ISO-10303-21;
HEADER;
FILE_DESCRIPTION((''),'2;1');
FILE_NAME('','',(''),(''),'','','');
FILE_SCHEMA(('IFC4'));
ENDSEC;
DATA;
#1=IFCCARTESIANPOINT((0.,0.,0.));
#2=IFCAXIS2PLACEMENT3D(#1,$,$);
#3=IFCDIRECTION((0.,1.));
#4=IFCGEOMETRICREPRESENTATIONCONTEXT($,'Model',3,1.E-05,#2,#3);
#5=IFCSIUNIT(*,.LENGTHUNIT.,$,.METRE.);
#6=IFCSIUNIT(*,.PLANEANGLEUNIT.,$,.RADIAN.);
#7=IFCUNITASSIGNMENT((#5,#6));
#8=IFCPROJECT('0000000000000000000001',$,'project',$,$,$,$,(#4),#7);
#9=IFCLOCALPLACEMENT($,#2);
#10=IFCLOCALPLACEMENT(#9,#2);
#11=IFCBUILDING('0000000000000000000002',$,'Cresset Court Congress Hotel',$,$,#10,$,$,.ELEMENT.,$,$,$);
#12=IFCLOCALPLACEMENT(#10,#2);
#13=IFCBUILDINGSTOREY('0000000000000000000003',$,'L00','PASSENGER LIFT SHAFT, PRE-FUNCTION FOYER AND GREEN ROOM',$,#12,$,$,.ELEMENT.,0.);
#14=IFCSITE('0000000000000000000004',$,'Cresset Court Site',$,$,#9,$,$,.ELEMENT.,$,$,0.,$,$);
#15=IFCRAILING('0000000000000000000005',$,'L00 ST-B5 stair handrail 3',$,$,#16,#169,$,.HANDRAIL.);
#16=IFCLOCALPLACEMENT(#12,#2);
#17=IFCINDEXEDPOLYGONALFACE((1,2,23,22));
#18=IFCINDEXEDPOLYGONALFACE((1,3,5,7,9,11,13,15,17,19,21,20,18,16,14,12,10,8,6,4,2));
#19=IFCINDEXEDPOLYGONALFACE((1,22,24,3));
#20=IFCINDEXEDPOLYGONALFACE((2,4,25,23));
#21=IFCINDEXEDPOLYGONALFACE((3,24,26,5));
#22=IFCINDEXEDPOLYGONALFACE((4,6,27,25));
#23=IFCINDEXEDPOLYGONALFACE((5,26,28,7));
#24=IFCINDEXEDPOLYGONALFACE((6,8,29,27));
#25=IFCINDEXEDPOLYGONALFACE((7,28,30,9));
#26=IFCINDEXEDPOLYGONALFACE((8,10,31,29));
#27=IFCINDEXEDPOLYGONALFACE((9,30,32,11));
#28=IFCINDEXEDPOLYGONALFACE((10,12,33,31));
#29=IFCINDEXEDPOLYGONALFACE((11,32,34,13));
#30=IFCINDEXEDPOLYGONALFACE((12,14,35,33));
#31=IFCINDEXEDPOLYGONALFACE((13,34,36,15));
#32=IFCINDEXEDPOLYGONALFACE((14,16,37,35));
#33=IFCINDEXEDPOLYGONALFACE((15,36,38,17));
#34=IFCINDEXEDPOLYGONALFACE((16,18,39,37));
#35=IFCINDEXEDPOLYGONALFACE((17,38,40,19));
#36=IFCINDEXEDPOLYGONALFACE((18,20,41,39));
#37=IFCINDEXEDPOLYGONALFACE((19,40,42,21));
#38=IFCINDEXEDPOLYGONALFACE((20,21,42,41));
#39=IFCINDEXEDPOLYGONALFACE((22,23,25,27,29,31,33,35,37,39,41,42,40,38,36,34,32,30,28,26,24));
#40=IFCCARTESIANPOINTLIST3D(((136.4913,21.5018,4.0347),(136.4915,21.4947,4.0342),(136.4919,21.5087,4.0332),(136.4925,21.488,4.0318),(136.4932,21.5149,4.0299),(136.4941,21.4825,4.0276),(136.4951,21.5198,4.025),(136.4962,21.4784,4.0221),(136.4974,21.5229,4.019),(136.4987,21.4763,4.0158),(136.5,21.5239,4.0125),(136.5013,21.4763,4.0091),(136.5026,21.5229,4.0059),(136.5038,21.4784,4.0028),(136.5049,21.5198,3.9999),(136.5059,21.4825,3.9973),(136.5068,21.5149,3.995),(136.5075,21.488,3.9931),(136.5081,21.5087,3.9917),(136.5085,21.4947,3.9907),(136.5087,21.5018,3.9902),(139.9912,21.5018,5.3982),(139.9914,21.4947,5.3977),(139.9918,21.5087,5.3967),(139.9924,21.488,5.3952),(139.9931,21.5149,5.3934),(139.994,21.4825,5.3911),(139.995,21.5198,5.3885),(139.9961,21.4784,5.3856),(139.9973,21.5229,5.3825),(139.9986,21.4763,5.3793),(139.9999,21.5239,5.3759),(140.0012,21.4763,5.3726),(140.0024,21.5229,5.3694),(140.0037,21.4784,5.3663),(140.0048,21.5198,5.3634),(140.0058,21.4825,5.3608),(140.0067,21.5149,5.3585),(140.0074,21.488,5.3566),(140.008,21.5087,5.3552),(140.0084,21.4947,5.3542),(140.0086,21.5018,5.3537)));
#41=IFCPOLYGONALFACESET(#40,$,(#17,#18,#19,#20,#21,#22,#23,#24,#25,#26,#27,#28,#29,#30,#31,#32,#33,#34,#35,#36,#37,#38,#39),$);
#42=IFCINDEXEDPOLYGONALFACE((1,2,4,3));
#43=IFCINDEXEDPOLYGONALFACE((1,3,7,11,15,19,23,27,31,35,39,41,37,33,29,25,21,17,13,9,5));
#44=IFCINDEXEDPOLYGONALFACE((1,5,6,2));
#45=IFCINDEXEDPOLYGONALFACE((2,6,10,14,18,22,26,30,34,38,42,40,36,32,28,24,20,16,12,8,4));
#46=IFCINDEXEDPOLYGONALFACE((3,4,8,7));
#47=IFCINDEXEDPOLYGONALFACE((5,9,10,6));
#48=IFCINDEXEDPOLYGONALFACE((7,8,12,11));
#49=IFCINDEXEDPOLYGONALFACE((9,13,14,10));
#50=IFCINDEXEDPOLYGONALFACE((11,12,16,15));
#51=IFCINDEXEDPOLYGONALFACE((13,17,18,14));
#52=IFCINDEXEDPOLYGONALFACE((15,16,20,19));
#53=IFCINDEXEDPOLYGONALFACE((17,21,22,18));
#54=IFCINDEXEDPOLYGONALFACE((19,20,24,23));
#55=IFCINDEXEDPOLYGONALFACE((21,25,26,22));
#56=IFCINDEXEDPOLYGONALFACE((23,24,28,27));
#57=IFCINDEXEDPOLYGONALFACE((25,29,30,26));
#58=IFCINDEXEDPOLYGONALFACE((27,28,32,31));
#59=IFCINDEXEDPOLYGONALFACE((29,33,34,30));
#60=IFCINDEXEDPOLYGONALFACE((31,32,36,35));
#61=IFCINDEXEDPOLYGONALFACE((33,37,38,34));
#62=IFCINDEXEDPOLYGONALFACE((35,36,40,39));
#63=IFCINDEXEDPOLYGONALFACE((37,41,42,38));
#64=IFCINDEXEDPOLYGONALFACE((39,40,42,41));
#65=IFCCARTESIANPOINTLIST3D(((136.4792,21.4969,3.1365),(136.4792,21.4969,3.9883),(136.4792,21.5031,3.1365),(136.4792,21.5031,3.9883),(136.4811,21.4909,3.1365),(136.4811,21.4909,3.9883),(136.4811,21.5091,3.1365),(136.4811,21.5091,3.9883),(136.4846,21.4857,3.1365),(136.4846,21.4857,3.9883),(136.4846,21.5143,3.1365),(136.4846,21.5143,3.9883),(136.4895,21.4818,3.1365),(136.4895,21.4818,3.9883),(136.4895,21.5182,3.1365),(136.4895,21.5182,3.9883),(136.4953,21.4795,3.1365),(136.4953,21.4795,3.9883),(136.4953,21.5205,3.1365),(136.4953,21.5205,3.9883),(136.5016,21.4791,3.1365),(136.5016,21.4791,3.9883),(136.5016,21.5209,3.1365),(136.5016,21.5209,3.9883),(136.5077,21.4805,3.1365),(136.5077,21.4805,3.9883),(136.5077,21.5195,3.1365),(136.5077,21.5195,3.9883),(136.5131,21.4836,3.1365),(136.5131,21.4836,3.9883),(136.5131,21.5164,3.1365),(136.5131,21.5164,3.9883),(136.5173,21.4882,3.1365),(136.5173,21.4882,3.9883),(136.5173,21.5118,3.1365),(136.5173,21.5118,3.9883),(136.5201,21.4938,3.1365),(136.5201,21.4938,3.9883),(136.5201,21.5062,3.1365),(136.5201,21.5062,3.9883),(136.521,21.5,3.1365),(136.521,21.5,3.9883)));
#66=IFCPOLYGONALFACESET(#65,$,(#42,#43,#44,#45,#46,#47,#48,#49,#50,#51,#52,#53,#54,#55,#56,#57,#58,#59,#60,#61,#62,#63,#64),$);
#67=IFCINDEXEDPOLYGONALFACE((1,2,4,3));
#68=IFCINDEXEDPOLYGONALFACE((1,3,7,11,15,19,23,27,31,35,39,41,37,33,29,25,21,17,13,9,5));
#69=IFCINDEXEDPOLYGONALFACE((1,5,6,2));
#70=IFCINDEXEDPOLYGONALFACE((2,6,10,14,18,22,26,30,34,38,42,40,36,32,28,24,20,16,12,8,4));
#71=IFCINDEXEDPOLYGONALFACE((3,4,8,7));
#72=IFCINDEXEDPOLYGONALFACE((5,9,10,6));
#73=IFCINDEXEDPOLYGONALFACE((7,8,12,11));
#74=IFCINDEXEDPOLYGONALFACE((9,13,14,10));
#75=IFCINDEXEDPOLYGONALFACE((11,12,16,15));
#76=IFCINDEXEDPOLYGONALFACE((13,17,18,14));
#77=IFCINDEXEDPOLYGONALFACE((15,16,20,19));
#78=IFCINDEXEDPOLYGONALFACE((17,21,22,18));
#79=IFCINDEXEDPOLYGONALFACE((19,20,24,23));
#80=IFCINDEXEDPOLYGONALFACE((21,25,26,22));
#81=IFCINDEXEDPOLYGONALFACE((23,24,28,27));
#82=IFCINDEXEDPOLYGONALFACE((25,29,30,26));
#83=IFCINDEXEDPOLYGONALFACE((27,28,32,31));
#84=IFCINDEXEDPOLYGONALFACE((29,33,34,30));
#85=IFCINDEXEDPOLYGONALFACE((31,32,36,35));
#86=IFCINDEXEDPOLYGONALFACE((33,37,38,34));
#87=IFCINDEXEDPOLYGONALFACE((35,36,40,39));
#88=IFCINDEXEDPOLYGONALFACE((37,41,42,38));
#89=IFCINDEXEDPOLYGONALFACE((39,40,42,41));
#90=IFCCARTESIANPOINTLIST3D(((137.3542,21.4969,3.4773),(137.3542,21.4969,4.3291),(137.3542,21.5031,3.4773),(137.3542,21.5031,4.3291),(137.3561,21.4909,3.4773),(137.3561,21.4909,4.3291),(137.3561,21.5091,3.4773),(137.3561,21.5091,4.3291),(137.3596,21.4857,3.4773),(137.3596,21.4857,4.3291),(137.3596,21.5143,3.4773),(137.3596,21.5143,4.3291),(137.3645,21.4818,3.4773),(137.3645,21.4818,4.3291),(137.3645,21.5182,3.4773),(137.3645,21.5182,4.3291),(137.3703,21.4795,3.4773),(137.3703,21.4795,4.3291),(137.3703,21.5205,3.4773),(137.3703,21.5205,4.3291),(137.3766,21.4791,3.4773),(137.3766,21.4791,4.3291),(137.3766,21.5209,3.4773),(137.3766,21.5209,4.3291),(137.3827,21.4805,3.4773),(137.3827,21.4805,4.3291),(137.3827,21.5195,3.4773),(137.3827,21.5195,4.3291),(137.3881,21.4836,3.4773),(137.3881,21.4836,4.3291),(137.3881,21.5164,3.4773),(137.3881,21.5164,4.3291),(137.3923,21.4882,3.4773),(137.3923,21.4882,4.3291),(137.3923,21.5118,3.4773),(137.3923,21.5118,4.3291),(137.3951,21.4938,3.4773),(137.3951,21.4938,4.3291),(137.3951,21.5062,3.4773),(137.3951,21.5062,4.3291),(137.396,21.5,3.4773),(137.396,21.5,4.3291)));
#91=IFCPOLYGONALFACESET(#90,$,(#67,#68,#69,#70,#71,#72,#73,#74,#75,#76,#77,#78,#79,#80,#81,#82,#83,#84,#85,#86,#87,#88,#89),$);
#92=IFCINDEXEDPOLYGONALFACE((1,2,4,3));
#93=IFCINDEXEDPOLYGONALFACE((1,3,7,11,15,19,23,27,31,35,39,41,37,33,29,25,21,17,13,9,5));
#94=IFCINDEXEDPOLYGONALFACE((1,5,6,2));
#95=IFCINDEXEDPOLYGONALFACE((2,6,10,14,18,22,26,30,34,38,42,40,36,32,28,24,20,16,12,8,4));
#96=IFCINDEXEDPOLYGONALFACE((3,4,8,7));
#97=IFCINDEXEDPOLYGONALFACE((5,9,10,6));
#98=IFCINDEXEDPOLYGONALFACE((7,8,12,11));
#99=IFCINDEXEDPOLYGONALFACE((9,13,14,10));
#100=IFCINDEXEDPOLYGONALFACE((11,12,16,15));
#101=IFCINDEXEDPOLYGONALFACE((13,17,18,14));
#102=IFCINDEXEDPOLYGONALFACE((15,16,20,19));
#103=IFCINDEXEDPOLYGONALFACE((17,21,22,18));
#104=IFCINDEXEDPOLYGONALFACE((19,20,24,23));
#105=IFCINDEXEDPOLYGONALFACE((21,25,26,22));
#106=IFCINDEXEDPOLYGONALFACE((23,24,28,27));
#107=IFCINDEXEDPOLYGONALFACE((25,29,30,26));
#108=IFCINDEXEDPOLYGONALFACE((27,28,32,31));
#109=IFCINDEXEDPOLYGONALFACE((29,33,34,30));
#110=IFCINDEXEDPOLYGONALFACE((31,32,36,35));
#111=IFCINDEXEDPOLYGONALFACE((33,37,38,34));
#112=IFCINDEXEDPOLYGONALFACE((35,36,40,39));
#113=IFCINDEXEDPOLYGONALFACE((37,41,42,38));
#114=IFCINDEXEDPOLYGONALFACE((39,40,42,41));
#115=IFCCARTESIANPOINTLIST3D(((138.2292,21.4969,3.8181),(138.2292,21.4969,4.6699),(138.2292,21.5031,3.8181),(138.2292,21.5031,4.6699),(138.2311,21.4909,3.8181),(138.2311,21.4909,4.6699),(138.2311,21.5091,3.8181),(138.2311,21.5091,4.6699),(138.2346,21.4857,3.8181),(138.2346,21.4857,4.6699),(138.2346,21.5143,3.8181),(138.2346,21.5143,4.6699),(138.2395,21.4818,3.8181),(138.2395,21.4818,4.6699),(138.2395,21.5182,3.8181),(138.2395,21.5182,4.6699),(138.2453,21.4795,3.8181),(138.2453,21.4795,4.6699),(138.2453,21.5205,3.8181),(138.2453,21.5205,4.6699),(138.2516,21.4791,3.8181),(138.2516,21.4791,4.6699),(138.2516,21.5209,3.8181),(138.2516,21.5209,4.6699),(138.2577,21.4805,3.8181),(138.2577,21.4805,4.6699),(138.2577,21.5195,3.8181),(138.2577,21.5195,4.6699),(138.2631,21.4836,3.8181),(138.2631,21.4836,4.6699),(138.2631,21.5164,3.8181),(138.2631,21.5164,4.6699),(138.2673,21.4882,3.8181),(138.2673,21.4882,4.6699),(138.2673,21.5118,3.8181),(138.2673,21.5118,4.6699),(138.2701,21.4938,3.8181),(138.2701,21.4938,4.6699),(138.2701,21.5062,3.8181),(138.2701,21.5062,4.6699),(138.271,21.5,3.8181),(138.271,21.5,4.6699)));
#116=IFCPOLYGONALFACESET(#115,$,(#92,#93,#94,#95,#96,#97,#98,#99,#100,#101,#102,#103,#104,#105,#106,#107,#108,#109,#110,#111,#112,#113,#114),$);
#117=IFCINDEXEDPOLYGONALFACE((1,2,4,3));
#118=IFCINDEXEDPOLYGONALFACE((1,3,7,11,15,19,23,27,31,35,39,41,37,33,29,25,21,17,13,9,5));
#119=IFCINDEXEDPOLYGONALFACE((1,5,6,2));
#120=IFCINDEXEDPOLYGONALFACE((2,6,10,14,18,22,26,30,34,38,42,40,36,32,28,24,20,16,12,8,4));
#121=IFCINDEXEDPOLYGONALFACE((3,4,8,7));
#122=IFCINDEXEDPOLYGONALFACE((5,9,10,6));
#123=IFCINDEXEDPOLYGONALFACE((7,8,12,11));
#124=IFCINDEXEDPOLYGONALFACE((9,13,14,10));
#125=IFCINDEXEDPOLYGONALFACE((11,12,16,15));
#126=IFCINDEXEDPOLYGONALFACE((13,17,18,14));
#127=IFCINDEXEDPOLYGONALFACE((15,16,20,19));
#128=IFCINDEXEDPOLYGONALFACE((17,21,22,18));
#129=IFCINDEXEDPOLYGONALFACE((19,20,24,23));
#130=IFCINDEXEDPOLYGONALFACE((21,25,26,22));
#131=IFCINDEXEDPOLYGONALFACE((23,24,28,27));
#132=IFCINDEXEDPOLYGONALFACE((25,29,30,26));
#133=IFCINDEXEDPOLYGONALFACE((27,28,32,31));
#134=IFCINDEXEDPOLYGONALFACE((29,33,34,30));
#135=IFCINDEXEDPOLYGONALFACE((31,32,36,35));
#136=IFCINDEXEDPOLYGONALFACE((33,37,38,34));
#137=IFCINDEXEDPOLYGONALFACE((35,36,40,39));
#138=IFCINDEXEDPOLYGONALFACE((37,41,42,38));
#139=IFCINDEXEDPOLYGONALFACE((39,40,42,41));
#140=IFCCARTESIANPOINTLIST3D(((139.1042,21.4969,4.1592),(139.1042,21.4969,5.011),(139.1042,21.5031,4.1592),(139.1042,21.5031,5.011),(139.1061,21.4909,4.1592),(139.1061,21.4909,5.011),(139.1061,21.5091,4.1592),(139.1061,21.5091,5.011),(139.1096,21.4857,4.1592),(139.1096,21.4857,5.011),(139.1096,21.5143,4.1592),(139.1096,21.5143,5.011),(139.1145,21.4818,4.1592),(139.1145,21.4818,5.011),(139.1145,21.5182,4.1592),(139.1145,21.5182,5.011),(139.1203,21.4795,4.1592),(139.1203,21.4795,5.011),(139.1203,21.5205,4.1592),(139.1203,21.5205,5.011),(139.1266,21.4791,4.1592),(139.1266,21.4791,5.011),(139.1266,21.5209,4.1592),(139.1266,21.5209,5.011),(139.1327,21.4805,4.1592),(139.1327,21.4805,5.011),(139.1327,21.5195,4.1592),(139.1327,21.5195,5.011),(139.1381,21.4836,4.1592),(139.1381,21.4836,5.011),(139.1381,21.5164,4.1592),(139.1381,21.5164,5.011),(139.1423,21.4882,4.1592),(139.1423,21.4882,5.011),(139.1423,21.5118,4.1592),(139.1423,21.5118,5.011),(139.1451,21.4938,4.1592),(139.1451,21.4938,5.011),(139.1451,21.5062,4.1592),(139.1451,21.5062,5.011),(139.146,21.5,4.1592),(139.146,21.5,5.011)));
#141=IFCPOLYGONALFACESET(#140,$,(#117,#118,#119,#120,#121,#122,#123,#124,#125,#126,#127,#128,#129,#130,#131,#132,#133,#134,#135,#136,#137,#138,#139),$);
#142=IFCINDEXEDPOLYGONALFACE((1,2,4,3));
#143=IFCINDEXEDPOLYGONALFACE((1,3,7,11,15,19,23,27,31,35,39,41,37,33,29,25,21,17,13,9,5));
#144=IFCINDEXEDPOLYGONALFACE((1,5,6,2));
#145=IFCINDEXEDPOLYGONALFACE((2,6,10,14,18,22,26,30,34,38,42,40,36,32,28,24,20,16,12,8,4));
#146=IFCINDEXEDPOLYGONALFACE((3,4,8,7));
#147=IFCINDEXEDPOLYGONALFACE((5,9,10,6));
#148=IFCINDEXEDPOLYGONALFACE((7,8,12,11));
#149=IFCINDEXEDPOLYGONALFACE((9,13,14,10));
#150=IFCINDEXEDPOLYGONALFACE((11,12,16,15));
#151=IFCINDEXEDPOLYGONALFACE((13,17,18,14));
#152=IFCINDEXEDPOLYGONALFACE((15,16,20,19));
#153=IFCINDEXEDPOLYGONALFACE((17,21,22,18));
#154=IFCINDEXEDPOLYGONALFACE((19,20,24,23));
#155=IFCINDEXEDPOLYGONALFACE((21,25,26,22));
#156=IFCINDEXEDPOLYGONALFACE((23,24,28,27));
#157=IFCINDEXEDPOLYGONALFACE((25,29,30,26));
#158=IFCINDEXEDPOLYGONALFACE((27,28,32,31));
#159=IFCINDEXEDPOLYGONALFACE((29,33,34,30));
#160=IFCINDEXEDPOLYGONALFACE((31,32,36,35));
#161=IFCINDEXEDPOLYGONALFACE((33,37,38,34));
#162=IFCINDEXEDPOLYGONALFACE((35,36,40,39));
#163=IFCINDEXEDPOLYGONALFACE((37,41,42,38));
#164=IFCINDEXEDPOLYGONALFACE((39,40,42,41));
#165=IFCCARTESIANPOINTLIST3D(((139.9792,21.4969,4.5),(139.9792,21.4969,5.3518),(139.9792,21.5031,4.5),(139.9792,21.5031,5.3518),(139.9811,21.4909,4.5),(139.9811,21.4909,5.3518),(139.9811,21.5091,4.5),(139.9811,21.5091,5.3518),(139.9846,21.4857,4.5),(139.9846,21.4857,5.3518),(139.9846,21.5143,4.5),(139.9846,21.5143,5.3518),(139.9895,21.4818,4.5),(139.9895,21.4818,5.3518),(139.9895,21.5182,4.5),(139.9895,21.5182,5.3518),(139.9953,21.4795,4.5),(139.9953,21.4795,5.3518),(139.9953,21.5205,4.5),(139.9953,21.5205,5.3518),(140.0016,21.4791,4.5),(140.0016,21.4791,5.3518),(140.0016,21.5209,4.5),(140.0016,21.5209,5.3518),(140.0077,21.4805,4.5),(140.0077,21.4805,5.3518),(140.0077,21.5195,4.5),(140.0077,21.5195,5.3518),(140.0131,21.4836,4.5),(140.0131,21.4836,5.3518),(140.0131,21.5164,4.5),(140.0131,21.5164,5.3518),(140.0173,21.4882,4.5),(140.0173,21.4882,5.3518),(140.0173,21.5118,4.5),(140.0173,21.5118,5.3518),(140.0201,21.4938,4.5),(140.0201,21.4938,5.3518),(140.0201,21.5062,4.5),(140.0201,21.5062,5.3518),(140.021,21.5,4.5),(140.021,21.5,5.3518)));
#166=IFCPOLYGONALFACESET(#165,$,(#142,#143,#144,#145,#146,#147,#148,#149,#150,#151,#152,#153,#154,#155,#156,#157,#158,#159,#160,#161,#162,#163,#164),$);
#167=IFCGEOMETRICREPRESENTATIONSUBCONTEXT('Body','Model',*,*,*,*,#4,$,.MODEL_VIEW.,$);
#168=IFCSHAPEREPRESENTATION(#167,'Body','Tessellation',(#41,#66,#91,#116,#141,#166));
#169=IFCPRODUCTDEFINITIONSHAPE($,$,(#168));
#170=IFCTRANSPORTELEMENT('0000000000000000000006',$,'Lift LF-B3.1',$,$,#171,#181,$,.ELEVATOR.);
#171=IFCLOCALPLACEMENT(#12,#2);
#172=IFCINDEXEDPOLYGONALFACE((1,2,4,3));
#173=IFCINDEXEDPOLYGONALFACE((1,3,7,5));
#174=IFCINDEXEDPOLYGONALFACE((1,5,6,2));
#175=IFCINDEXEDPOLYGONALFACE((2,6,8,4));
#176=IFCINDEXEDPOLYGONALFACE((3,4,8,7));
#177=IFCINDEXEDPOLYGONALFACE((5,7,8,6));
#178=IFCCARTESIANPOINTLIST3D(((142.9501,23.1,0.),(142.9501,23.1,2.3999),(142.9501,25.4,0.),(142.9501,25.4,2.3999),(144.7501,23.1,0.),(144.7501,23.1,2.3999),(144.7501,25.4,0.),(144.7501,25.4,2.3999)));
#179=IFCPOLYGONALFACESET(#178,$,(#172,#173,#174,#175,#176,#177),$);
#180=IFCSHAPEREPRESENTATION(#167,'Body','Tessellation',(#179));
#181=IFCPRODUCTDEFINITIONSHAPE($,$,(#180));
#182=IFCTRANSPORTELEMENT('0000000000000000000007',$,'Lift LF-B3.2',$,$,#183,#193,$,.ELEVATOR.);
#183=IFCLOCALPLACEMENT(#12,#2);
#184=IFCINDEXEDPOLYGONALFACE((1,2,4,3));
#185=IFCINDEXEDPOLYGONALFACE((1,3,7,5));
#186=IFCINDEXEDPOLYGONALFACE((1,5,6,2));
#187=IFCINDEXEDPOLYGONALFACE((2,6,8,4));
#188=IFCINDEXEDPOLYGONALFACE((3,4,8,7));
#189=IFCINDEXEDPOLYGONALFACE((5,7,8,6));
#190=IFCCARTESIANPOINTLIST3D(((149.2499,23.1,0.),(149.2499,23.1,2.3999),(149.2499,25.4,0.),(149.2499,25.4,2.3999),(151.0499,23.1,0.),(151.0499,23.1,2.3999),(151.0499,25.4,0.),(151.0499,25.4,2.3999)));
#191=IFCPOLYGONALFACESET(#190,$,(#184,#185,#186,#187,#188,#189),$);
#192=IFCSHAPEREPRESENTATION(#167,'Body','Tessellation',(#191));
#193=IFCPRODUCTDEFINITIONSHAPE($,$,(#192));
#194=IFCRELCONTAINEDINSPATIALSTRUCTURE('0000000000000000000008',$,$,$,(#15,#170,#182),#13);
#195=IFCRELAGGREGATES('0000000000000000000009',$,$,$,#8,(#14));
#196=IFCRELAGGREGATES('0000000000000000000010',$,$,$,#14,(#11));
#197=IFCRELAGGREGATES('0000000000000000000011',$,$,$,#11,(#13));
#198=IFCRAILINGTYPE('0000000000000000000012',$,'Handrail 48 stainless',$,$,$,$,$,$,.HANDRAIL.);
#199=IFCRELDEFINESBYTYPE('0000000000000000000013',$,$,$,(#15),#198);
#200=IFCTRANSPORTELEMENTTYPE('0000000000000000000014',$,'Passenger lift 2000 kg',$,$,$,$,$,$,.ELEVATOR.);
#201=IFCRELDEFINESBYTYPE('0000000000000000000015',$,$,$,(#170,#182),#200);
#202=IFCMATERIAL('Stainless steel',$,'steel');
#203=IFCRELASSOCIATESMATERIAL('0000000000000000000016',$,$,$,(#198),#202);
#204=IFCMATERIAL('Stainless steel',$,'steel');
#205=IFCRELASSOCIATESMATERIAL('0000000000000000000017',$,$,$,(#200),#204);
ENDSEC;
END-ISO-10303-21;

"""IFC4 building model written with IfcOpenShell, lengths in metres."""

from ifc_helpers import new_model, si_unit, direction, frame, origin, origin_2d, place, context, subcontext, project, spatial, rectangle, circle, extrude, material, type_object, element, save


model = new_model("IFC4")

# Units and contexts
model_context = context("Model", 3, precision=1e-05, world=origin(), true_north=direction((0.0, 1.0)))
body_context = subcontext(model_context, "Body", "Model", "MODEL_VIEW")
ifc_project = project(units=[si_unit("LENGTHUNIT", "METRE"), si_unit("PLANEANGLEUNIT", "RADIAN")], contexts=[model_context])

# Site, building, storey
site_placement = place(None, origin())
site = spatial("IfcSite", under=ifc_project, at=site_placement, Name="Cresset Court Site", CompositionType="ELEMENT", RefElevation=0.0)
building_placement = place(site_placement, origin())
building = spatial("IfcBuilding", under=site, at=building_placement, Name="Cresset Court Congress Hotel", CompositionType="ELEMENT")
storey_placement = place(building_placement, origin())
storey = spatial("IfcBuildingStorey", under=building, at=storey_placement, Name="L00", Description="PASSENGER LIFT SHAFT, PRE-FUNCTION FOYER AND GREEN ROOM", CompositionType="ELEMENT", Elevation=0.0)

# Railing
ifc_material_1 = material(Name="Stainless steel", Category="steel")
railing_type_1 = type_object("IfcRailingType", Name="Handrail 48 stainless", PredefinedType="HANDRAIL", material=ifc_material_1)
for number, where, name in (
    (1, (136.5, 21.5, 3.1365), "L00 ST-B5 stair handrail 3"),
):
    element("IfcRailing", number, at=place(storey_placement, frame(where)), inside=storey, type_object=railing_type_1, Name=name, PredefinedType="HANDRAIL", context=body_context, shape_type="SweptSolid", body=[
        extrude(circle(Radius=0.0239, at=origin_2d()), frame((0.0, 0.0, 0.876), z_axis=(0.931787, 0.0, 0.363005), x_axis=(0.0, 1.0, 0.0)), (0.0, 0.0, 1.0), 3.7561),
        extrude(circle(Radius=0.021, at=origin_2d()), origin(), (0.0, 0.0, 1.0), 0.8518),
        extrude(circle(Radius=0.021, at=origin_2d()), frame((0.875, 0.0, 0.3408)), (0.0, 0.0, 1.0), 0.8518),
        extrude(circle(Radius=0.021, at=origin_2d()), frame((1.75, 0.0, 0.6816)), (0.0, 0.0, 1.0), 0.8518),
        extrude(circle(Radius=0.021, at=origin_2d()), frame((2.625, 0.0, 1.0227)), (0.0, 0.0, 1.0), 0.8518),
        extrude(circle(Radius=0.021, at=origin_2d()), frame((3.5, 0.0, 1.3635)), (0.0, 0.0, 1.0), 0.8518),
    ])

# Transport elements
ifc_material_2 = material(Name="Stainless steel", Category="steel")
transport_element_type = type_object("IfcTransportElementType", Name="Passenger lift 2000 kg", PredefinedType="ELEVATOR", material=ifc_material_2)
for number, where, z_axis, x_axis, name in (
    (2, (143.8501, 24.25, 0.0), (0.0, 0.0, 1.0), (1.0, 0.0, 0.0), "Lift LF-B3.1"),
    (3, (150.1499, 24.25, 0.0), (0.0, 0.0, 1.0), (1.0, 0.0, 0.0), "Lift LF-B3.2"),
):
    element("IfcTransportElement", number, at=place(storey_placement, frame(where, z_axis=z_axis, x_axis=x_axis)), inside=storey, type_object=transport_element_type, Name=name, PredefinedType="ELEVATOR", context=body_context, shape_type="SweptSolid", body=[
        extrude(rectangle(XDim=1.8, YDim=2.3, at=origin_2d()), origin(), (0.0, 0.0, 1.0), 2.3999),
    ])

save(model, "model.ifc")
